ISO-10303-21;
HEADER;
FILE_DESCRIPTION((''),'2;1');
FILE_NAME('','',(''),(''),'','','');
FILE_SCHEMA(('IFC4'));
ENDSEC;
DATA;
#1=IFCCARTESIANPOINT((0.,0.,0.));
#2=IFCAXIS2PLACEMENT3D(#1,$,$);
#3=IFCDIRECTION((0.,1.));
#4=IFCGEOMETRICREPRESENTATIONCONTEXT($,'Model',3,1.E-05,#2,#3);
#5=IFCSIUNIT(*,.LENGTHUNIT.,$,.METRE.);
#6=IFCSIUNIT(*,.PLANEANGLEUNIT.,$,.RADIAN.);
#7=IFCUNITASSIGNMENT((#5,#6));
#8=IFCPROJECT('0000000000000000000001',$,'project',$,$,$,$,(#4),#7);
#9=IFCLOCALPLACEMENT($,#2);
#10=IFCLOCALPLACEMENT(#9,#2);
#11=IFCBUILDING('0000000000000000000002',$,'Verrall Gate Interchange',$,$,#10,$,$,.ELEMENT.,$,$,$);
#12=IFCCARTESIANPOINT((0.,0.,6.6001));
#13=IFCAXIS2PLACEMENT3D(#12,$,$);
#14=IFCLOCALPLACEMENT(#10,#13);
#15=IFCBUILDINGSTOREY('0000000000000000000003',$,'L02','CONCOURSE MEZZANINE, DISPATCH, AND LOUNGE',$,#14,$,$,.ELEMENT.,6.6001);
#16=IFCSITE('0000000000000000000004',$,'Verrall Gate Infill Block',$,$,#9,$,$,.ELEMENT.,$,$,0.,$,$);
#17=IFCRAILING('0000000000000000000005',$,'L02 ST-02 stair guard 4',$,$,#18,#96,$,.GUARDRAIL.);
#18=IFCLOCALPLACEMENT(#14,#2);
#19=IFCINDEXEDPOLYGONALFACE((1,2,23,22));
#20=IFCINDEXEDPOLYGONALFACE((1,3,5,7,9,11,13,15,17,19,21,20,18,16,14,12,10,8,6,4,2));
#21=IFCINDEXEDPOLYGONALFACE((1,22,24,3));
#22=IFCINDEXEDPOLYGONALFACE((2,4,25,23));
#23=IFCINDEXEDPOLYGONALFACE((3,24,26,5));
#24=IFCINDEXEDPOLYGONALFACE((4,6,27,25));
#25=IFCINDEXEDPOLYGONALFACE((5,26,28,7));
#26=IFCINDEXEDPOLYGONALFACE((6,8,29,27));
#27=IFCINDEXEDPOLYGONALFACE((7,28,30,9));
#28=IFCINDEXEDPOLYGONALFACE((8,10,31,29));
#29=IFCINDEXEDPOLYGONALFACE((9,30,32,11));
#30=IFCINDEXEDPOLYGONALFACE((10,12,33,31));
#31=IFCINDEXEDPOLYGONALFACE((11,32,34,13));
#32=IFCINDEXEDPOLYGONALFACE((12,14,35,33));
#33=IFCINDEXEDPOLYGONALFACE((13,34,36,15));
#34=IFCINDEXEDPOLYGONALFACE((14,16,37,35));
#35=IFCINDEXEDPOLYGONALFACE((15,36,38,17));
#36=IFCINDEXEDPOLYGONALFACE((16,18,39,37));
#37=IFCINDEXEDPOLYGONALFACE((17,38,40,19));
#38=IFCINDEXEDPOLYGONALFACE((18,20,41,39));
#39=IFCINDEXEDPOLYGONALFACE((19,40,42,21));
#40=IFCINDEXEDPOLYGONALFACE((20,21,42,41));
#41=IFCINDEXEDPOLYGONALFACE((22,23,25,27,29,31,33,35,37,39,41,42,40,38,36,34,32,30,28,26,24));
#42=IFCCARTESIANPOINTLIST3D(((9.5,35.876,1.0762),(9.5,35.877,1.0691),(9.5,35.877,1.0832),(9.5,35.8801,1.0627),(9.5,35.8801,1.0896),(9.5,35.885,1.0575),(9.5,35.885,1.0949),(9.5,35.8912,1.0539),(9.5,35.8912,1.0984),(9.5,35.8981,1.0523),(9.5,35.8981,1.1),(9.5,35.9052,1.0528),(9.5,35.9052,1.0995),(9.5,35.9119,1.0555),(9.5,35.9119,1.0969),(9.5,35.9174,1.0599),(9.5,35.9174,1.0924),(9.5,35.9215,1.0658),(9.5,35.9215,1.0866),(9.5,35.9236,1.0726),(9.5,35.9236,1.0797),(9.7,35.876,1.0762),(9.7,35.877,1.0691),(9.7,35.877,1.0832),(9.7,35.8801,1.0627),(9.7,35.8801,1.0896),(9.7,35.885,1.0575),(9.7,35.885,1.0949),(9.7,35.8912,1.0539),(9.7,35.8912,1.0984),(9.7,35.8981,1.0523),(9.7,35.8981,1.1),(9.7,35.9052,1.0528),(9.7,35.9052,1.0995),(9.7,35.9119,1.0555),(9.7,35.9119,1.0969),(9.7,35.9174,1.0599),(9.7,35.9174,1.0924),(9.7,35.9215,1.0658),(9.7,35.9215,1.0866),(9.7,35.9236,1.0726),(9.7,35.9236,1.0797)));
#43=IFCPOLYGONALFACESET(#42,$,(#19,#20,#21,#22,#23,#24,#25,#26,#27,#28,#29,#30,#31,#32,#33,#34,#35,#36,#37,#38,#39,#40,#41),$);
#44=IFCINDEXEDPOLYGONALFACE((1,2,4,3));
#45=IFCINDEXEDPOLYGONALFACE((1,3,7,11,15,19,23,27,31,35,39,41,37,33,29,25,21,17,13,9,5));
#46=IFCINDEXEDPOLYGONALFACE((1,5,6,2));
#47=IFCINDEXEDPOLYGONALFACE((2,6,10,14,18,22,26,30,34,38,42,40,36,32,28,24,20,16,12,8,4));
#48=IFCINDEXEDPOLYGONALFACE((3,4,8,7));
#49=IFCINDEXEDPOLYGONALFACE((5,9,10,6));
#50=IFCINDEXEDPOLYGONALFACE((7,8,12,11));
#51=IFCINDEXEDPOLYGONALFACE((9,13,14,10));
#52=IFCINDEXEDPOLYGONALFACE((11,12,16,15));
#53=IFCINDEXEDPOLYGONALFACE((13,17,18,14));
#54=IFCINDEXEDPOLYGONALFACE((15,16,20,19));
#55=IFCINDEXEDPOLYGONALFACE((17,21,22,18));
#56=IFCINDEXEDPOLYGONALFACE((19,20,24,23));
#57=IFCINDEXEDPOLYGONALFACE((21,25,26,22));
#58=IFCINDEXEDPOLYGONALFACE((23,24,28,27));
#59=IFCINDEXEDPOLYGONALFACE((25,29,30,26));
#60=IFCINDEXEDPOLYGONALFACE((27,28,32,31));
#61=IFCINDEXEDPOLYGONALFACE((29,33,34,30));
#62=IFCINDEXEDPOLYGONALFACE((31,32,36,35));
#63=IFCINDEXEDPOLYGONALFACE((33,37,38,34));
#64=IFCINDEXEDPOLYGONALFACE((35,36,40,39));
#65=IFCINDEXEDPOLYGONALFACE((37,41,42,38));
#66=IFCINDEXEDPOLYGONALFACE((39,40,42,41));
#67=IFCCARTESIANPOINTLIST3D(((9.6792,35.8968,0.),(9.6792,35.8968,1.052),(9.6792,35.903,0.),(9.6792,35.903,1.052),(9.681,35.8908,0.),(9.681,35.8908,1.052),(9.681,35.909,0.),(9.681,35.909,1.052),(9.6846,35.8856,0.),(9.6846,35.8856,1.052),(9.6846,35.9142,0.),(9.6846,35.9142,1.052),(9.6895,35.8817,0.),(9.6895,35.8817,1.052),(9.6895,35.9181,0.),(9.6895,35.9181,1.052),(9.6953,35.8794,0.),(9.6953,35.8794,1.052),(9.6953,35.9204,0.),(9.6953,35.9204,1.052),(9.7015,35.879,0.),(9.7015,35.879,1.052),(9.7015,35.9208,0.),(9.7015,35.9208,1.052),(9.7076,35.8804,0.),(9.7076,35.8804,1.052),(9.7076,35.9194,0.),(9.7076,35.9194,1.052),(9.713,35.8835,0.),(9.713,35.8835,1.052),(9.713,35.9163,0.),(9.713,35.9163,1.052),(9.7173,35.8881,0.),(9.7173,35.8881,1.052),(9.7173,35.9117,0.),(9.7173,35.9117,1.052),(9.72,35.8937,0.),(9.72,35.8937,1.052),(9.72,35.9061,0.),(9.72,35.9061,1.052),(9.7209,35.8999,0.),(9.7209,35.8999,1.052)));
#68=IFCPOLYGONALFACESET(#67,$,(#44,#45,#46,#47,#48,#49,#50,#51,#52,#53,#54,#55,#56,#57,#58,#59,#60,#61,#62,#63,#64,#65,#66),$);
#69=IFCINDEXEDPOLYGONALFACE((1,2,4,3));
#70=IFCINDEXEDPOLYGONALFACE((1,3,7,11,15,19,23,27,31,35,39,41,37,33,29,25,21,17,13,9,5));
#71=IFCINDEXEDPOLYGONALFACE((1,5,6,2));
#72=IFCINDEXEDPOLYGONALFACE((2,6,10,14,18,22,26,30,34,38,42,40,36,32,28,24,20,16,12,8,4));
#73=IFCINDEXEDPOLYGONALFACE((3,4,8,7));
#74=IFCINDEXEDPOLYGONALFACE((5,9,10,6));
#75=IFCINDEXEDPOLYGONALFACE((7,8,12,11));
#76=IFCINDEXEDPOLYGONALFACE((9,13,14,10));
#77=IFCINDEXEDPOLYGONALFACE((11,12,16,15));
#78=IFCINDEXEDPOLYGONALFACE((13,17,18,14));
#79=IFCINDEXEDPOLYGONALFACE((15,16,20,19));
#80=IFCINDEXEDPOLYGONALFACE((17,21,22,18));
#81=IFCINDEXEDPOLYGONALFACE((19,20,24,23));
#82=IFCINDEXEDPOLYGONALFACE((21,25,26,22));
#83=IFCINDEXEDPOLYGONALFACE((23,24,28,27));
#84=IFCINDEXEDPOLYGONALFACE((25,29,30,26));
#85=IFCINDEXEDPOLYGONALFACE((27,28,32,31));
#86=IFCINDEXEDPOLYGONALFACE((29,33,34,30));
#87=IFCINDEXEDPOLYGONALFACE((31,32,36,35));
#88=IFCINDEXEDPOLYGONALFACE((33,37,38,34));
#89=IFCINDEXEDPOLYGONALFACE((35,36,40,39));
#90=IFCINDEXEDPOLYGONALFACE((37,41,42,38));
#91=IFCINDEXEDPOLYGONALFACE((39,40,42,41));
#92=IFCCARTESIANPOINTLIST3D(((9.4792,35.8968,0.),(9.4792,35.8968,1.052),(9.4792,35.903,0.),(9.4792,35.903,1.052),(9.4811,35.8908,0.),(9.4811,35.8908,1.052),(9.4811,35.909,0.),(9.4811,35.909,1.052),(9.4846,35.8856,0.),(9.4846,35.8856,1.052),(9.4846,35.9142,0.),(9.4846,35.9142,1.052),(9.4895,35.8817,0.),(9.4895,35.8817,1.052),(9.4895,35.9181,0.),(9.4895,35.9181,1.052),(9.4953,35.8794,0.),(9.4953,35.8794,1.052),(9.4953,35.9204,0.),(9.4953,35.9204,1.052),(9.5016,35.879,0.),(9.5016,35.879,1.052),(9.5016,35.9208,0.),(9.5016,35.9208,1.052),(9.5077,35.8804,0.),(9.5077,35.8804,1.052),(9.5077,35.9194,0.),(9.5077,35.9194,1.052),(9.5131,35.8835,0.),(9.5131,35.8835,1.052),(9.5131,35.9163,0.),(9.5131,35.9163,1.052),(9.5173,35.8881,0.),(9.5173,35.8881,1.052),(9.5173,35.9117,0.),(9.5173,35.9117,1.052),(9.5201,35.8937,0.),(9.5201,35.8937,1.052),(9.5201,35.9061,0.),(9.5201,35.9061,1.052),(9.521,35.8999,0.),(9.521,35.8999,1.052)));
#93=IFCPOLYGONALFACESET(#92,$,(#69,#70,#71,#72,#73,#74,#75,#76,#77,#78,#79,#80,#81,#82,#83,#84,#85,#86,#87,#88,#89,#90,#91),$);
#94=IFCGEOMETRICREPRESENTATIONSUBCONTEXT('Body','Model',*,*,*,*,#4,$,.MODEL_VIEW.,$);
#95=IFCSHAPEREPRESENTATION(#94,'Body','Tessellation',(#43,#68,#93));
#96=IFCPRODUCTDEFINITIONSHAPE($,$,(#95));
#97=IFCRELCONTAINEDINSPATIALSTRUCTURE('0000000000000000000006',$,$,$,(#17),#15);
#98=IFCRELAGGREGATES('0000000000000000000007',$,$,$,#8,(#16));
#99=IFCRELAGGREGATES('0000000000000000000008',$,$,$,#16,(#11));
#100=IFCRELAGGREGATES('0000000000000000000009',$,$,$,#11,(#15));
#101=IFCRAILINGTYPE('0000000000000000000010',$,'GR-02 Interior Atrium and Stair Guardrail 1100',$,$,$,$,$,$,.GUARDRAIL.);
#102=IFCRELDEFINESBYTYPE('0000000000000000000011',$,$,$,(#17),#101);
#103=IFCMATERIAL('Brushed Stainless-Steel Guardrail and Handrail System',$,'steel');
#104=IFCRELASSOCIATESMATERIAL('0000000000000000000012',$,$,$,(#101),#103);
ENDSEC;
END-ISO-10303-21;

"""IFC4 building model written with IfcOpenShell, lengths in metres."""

from ifc_helpers import new_model, si_unit, direction, frame, origin, origin_2d, place, context, subcontext, project, spatial, circle, extrude, material, type_object, element, save


model = new_model("IFC4")

# Units and contexts
model_context = context("Model", 3, precision=1e-05, world=origin(), true_north=direction((0.0, 1.0)))
body_context = subcontext(model_context, "Body", "Model", "MODEL_VIEW")
ifc_project = project(units=[si_unit("LENGTHUNIT", "METRE"), si_unit("PLANEANGLEUNIT", "RADIAN")], contexts=[model_context])

# Site, building, storey
site_placement = place(None, origin())
site = spatial("IfcSite", under=ifc_project, at=site_placement, Name="Verrall Gate Infill Block", CompositionType="ELEMENT", RefElevation=0.0)
building_placement = place(site_placement, origin())
building = spatial("IfcBuilding", under=site, at=building_placement, Name="Verrall Gate Interchange", CompositionType="ELEMENT")
storey_placement = place(building_placement, frame((0.0, 0.0, 6.6001)))
storey = spatial("IfcBuildingStorey", under=building, at=storey_placement, Name="L02", Description="CONCOURSE MEZZANINE, DISPATCH, AND LOUNGE", CompositionType="ELEMENT", Elevation=6.6001)

# Railing
ifc_material_1 = material(Name="Brushed Stainless-Steel Guardrail and Handrail System", Category="steel")
railing_type_1 = type_object("IfcRailingType", Name="GR-02 Interior Atrium and Stair Guardrail 1100", PredefinedType="GUARDRAIL", material=ifc_material_1)
railing_1_placement = place(storey_placement, frame((9.7, 35.8999, 0.0)))
element("IfcRailing", 1, at=railing_1_placement, inside=storey, type_object=railing_type_1, Name="L02 ST-02 stair guard 4", PredefinedType="GUARDRAIL", context=body_context, shape_type="SweptSolid", body=[
    extrude(circle(Radius=0.0239, at=origin_2d()), frame((0.0, 0.0, 1.0762), z_axis=(-1.0, 0.0, 0.0), x_axis=(0.0, -1.0, 0.0)), (0.0, 0.0, 1.0), 0.2),
    extrude(circle(Radius=0.021, at=origin_2d()), origin(), (0.0, 0.0, 1.0), 1.052),
    extrude(circle(Radius=0.021, at=origin_2d()), frame((-0.2, 0.0, 0.0)), (0.0, 0.0, 1.0), 1.052),
])

save(model, "model.ifc")
